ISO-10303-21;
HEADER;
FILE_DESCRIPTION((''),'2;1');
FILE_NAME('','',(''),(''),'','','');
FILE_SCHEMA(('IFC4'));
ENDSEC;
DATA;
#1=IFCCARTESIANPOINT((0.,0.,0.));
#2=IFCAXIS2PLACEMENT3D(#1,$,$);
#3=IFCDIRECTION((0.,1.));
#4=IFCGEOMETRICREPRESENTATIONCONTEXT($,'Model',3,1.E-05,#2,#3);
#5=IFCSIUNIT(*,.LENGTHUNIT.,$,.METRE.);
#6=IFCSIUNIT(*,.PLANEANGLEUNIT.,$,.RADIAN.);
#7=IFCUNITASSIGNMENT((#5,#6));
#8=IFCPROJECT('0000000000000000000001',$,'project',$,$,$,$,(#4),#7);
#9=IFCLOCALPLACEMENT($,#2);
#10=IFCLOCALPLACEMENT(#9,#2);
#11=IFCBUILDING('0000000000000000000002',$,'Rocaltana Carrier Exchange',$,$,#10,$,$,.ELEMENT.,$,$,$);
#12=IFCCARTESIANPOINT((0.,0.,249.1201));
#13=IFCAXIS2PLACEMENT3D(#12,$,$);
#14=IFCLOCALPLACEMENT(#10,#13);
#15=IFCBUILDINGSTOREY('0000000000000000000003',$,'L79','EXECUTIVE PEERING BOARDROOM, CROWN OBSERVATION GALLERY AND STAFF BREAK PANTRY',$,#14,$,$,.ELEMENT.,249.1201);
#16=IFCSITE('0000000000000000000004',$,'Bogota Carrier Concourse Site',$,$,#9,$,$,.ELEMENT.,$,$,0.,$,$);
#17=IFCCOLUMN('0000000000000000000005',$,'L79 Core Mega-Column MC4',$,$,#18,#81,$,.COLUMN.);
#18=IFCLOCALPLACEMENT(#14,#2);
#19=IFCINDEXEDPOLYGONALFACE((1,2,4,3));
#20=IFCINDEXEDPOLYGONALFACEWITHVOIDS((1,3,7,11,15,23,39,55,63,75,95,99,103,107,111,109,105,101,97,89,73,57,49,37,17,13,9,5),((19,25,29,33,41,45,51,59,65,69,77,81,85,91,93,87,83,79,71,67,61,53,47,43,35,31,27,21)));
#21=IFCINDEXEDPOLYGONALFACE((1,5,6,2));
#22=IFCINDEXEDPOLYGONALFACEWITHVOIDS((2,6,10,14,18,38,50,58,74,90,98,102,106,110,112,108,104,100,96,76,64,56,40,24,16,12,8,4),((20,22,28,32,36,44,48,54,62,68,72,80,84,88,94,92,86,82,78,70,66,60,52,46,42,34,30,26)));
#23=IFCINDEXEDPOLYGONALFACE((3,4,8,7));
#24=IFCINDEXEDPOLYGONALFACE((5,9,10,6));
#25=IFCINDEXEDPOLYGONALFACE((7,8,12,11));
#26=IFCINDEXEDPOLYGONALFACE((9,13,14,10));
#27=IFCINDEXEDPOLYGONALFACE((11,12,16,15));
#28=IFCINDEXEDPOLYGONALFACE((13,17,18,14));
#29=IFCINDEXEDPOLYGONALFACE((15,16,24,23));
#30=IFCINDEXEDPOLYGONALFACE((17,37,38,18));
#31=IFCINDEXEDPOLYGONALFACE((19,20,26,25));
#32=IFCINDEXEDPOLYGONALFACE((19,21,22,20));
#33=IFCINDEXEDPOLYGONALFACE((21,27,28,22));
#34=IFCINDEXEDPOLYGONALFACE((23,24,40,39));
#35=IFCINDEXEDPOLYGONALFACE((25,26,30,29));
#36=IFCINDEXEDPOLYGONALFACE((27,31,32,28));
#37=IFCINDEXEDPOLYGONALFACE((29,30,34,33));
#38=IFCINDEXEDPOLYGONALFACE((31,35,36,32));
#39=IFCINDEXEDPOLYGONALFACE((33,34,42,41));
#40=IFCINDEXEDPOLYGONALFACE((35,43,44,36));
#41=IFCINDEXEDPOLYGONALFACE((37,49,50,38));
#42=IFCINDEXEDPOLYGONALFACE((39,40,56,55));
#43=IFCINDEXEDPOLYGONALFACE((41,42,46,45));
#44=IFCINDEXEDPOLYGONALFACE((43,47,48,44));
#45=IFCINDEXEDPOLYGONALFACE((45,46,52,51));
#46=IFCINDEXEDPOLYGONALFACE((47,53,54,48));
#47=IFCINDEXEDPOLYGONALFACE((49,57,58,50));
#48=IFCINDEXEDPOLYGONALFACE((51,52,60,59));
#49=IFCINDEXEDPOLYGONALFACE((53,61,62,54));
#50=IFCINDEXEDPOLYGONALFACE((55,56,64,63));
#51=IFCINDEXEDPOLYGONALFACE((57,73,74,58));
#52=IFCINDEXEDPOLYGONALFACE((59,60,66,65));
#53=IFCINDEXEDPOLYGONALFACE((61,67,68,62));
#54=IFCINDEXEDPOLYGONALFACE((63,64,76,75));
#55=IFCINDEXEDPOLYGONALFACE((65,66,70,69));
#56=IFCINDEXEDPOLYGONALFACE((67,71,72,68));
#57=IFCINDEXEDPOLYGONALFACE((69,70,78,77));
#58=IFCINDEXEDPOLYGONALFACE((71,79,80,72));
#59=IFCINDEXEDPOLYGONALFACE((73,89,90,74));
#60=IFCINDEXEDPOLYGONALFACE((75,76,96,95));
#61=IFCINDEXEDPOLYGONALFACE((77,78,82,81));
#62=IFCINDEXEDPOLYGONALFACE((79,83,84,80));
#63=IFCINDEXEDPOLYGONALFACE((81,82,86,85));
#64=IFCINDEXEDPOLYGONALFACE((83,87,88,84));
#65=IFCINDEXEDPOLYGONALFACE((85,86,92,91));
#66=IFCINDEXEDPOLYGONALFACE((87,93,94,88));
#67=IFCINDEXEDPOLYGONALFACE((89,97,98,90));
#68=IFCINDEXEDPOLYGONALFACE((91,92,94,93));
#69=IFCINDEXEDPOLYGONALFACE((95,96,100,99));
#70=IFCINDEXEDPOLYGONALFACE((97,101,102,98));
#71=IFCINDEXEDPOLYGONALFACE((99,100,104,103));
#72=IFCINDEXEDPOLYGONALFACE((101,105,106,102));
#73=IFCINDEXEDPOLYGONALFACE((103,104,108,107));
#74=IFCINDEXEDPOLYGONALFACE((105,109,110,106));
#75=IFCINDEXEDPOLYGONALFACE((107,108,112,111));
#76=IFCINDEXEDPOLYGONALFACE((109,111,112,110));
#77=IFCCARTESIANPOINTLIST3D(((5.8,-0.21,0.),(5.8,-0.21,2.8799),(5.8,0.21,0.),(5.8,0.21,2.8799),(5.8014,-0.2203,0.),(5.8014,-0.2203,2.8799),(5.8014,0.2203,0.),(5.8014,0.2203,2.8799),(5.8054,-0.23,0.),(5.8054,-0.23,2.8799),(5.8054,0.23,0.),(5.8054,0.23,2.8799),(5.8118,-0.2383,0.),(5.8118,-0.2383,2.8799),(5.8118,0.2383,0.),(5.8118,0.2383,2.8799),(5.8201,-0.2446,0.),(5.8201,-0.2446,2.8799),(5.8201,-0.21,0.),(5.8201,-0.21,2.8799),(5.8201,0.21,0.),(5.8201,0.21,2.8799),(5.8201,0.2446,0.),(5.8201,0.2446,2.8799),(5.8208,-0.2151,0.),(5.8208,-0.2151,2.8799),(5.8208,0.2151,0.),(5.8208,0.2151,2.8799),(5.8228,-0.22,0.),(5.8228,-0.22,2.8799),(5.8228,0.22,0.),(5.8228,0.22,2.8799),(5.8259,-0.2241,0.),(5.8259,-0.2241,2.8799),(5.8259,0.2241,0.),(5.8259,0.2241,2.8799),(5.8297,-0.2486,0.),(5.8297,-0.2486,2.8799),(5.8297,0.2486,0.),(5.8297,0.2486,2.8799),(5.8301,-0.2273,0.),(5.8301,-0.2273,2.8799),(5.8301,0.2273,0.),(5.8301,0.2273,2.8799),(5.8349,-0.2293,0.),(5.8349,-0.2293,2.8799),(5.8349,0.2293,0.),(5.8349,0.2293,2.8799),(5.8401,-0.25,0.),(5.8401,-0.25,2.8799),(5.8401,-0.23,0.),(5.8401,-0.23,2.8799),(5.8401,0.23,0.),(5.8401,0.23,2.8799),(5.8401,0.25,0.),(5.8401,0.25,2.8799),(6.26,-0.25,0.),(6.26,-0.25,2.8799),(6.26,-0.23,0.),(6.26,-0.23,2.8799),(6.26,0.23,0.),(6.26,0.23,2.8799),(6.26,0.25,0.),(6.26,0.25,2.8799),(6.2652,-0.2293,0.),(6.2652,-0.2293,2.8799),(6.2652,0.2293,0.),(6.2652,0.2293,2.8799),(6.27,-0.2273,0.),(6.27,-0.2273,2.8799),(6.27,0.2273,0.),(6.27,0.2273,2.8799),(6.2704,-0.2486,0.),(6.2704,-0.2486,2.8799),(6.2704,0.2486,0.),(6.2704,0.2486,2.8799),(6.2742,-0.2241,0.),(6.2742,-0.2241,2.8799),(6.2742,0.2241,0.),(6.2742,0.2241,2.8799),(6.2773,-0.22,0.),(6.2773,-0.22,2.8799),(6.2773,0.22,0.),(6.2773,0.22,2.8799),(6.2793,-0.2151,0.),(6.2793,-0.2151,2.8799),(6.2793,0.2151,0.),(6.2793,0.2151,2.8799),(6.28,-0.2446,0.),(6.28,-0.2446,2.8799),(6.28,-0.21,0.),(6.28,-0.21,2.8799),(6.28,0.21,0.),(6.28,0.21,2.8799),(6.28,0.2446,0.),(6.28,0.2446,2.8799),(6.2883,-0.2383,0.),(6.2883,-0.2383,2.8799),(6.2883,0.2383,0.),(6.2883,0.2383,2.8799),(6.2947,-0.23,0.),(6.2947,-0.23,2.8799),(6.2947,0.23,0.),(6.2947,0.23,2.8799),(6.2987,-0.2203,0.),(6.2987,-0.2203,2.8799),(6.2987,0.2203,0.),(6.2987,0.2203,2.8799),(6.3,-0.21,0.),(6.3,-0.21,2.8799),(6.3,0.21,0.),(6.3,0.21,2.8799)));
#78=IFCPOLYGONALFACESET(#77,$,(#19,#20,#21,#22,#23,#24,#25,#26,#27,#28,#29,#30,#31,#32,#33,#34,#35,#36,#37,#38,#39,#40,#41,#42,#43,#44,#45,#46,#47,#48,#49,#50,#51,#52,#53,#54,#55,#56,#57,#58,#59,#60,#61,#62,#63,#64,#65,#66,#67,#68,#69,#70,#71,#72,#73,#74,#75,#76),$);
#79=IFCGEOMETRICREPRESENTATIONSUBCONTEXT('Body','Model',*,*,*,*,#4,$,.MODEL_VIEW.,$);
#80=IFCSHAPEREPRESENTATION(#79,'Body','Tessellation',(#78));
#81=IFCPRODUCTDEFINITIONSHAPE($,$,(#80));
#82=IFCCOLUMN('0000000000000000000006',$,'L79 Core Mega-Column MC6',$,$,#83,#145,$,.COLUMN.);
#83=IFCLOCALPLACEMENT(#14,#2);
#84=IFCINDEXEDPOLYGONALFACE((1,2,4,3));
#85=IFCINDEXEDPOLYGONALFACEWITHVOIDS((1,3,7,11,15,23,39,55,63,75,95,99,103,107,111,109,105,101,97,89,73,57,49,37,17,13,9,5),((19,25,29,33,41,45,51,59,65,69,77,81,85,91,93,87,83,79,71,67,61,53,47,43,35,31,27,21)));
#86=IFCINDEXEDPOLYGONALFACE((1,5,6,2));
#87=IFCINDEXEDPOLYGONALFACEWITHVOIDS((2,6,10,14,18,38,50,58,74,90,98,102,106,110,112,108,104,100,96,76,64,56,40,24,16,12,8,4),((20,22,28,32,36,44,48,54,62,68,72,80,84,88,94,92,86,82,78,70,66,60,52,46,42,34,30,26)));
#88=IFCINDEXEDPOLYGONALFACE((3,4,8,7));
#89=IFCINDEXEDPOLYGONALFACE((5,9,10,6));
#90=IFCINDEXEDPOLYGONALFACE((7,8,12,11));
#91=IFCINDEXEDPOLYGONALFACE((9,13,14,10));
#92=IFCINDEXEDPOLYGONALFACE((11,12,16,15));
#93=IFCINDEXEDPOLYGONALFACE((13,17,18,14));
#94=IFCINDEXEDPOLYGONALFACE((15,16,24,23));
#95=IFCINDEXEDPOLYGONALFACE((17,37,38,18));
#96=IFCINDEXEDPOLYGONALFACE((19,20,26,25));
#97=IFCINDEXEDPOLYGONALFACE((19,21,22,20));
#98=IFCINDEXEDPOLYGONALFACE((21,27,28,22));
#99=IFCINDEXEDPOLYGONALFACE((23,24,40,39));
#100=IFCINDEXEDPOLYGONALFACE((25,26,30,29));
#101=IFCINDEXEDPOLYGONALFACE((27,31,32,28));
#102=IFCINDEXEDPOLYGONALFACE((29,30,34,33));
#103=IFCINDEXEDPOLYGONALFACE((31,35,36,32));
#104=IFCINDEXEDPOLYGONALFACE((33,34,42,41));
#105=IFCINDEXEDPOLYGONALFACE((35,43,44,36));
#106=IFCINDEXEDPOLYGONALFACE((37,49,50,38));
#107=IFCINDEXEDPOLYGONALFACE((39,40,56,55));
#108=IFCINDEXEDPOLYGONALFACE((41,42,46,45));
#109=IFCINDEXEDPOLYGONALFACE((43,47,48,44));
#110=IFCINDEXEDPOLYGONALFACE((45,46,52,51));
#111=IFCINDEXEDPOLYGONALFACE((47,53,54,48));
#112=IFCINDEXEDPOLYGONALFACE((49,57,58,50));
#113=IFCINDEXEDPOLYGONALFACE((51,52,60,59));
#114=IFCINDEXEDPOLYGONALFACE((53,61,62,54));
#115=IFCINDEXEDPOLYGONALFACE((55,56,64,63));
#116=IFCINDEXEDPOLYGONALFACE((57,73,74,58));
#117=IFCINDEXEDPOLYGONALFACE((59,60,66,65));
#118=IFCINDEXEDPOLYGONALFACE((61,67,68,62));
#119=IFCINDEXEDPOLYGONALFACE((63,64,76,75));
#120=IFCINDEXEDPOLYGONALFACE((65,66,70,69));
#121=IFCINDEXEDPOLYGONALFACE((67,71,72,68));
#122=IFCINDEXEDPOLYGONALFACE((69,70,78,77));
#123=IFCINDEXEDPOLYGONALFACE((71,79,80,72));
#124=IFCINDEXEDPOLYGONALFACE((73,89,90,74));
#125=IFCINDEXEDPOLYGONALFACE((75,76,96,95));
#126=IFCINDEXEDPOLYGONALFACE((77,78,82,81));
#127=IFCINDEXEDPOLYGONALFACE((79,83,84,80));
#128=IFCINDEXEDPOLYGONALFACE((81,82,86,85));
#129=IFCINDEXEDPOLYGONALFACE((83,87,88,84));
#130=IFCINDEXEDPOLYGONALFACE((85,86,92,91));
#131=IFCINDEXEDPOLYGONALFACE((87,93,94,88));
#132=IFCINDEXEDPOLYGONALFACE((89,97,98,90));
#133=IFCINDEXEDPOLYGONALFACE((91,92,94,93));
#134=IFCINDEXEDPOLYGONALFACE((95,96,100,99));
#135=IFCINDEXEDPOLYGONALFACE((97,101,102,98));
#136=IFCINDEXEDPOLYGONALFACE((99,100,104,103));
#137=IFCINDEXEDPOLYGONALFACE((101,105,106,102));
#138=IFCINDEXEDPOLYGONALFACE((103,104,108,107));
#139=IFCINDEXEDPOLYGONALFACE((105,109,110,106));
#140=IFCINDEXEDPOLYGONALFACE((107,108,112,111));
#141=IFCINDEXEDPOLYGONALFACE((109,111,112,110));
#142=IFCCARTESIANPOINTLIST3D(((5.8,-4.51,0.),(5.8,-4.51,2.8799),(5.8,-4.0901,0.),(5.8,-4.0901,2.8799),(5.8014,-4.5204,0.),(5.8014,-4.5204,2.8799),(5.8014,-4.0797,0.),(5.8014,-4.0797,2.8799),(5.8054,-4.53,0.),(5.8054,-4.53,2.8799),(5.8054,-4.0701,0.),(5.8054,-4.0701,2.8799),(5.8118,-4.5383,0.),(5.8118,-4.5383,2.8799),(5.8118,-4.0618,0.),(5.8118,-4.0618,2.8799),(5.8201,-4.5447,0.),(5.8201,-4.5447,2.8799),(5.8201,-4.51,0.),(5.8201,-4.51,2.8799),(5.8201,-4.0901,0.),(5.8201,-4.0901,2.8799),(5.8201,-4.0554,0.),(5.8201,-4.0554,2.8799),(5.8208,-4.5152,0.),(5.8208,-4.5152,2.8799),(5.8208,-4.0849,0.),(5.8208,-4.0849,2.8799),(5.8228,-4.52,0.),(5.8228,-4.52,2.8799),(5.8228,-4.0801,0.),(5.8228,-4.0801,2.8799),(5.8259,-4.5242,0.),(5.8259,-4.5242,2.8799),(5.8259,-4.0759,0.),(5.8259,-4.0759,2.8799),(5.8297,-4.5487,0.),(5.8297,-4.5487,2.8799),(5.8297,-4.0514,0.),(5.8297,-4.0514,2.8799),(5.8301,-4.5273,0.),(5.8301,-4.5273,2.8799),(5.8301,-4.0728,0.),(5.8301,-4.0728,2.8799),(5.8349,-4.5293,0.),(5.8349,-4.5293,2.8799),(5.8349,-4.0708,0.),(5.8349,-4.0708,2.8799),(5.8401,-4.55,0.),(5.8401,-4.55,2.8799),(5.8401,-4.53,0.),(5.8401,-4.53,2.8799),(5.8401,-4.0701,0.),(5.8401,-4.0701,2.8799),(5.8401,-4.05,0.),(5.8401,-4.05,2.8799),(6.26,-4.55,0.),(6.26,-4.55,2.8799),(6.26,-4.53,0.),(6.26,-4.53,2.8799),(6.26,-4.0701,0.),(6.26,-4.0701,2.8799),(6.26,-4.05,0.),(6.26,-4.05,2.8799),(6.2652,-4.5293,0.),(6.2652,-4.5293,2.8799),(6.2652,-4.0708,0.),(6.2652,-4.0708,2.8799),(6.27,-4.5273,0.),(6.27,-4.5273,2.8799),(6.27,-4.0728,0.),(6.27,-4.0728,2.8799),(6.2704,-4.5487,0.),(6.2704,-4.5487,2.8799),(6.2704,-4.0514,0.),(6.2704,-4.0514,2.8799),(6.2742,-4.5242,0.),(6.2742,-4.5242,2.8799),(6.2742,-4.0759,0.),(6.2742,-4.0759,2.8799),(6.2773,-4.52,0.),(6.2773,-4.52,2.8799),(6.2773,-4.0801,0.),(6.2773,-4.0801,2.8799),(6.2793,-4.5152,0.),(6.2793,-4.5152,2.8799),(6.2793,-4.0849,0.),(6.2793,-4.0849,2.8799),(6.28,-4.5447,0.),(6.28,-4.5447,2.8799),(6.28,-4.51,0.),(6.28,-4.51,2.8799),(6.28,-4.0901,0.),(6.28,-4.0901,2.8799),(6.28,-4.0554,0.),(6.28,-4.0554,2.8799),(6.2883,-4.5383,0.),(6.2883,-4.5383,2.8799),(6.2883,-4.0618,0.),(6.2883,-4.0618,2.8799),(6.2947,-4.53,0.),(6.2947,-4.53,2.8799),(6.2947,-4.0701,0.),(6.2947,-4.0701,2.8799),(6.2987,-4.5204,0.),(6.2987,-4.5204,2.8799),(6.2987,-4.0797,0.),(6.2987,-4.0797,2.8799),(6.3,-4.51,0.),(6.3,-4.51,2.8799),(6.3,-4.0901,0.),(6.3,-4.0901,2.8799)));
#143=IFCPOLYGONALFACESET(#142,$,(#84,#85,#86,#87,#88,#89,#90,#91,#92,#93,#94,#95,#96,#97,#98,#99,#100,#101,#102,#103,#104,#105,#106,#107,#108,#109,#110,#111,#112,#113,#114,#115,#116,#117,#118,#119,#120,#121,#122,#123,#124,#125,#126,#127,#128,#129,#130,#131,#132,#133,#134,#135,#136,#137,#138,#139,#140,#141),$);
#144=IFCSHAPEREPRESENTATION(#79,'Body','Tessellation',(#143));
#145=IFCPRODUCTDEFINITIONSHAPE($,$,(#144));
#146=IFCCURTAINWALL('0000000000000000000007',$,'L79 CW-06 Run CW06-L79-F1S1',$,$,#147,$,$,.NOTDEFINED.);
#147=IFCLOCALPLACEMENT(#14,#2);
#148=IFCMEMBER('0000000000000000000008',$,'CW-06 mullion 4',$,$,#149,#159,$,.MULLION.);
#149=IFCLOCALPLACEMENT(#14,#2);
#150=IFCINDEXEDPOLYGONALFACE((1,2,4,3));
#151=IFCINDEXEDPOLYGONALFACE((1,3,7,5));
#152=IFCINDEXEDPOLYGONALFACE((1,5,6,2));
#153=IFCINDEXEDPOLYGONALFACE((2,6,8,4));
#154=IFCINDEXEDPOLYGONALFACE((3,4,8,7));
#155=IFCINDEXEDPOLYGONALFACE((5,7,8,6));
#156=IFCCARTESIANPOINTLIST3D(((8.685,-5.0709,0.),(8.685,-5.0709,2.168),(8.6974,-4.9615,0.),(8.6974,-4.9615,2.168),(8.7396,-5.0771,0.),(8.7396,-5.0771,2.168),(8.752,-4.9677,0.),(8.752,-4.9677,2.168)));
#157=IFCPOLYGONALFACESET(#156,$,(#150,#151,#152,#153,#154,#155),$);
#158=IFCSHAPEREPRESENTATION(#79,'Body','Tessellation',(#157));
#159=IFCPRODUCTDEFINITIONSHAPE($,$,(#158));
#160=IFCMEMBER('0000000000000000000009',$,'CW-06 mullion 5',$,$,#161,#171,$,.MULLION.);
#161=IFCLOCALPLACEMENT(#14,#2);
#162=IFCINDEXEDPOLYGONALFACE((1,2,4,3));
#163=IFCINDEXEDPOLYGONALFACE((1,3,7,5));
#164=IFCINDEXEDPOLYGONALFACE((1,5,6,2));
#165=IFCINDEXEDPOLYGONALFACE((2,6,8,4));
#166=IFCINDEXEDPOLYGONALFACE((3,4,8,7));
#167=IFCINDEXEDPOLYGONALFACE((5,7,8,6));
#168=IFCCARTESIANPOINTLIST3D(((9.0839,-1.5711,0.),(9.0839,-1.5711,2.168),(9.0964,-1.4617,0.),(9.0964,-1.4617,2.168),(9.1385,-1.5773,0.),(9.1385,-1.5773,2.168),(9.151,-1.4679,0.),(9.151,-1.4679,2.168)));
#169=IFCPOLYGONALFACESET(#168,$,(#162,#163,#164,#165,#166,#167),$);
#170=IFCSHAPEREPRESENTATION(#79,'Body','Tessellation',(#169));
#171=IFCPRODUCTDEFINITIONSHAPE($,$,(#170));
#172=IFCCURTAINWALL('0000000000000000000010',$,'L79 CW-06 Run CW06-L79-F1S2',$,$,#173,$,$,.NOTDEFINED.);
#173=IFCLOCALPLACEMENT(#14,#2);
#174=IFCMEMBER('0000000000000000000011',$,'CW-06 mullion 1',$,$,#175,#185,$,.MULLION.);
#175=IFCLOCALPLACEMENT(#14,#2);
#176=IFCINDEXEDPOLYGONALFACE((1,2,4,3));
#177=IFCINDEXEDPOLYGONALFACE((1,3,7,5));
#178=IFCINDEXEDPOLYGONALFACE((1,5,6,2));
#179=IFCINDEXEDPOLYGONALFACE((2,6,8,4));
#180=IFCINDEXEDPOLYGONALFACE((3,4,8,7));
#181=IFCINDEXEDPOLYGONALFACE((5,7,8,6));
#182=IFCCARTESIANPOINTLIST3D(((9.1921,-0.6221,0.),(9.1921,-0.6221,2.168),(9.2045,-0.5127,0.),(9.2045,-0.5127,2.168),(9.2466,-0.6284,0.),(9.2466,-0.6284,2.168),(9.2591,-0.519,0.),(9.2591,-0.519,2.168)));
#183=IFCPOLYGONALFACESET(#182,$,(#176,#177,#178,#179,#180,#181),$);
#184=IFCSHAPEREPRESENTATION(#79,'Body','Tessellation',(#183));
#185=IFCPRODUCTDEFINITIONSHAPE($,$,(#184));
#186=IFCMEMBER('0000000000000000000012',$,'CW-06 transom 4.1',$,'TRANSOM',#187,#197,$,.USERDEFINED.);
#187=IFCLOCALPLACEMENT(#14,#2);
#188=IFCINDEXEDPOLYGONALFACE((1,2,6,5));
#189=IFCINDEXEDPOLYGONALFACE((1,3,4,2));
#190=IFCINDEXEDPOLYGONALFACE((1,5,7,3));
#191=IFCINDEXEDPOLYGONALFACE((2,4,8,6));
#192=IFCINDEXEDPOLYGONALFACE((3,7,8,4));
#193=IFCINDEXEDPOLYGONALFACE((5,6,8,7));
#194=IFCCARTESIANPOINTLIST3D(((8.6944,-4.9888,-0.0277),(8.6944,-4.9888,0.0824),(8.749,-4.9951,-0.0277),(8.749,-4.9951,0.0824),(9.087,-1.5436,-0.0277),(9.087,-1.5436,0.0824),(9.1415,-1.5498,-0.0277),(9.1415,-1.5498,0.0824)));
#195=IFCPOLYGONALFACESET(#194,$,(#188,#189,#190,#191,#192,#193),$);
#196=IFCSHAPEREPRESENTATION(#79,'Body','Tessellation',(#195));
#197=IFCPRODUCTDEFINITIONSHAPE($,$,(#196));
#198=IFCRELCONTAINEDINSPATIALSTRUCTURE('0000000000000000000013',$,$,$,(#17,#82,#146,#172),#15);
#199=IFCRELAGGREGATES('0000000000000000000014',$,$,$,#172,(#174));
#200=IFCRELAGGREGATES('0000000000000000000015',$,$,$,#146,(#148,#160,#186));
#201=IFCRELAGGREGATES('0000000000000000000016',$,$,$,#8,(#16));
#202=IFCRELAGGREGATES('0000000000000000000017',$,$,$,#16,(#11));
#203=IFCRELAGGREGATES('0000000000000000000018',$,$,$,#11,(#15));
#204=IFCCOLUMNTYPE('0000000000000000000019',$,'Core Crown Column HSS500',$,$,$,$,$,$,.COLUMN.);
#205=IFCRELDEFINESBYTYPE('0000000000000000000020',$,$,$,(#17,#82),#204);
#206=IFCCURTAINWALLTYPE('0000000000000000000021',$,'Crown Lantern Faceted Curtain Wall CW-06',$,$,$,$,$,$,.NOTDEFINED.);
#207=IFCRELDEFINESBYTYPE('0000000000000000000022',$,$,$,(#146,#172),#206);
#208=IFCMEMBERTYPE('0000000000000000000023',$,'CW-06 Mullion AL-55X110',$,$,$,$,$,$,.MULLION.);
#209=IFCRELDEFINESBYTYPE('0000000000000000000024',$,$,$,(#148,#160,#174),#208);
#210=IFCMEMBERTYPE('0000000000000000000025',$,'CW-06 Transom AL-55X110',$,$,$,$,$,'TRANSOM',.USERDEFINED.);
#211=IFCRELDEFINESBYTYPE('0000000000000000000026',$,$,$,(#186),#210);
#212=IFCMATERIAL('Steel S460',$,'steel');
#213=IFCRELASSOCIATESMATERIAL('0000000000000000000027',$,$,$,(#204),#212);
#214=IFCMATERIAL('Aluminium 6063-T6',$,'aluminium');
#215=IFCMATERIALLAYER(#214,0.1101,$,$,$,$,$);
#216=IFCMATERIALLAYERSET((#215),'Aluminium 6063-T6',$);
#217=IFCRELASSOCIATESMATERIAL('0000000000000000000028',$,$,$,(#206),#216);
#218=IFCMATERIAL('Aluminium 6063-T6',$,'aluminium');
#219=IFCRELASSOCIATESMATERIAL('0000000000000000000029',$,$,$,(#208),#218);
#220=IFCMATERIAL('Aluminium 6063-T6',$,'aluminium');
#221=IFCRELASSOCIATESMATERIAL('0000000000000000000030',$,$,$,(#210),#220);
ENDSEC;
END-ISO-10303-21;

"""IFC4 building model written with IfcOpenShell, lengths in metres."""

from ifc_helpers import new_model, si_unit, direction, frame, origin, origin_2d, place, context, subcontext, project, spatial, rectangle, hollow_rectangle, extrude, material, layer, layer_set, material_profile, profile_set, type_object, element, aggregate, save


model = new_model("IFC4")

# Units and contexts
model_context = context("Model", 3, precision=1e-05, world=origin(), true_north=direction((0.0, 1.0)))
body_context = subcontext(model_context, "Body", "Model", "MODEL_VIEW")
ifc_project = project(units=[si_unit("LENGTHUNIT", "METRE"), si_unit("PLANEANGLEUNIT", "RADIAN")], contexts=[model_context])

# Site, building, storey
site_placement = place(None, origin())
site = spatial("IfcSite", under=ifc_project, at=site_placement, Name="Bogota Carrier Concourse Site", CompositionType="ELEMENT", RefElevation=0.0)
building_placement = place(site_placement, origin())
building = spatial("IfcBuilding", under=site, at=building_placement, Name="Rocaltana Carrier Exchange", CompositionType="ELEMENT")
storey_placement = place(building_placement, frame((0.0, 0.0, 249.1201)))
storey = spatial("IfcBuildingStorey", under=building, at=storey_placement, Name="L79", Description="EXECUTIVE PEERING BOARDROOM, CROWN OBSERVATION GALLERY AND STAFF BREAK PANTRY", CompositionType="ELEMENT", Elevation=249.1201)

# Columns
ifc_material_1 = material(Name="Steel S460", Category="steel")
ifc_material_profile_1 = material_profile(ifc_material_1, hollow_rectangle(XDim=0.5, YDim=0.5, WallThickness=0.02, InnerFilletRadius=0.02, OuterFilletRadius=0.04, at=origin_2d()), Name="HSS500X500X20")
ifc_profile_set_1 = profile_set([ifc_material_profile_1], Name="Steel S460")
column_type = type_object("IfcColumnType", Name="Core Crown Column HSS500", PredefinedType="COLUMN", material=ifc_profile_set_1)
for number, where, z_axis, x_axis, name in (
    (1, (6.05, 0.0, 0.0), (0.0, 0.0, 1.0), (1.0, 0.0, 0.0), "L79 Core Mega-Column MC4"),
    (2, (6.05, -4.3, 0.0), (0.0, 0.0, 1.0), (1.0, 0.0, 0.0), "L79 Core Mega-Column MC6"),
):
    element("IfcColumn", number, at=place(storey_placement, frame(where, z_axis=z_axis, x_axis=x_axis)), inside=storey, type_object=column_type, Name=name, PredefinedType="COLUMN", context=body_context, shape_type="SweptSolid", body=[
        extrude(hollow_rectangle(XDim=0.5, YDim=0.5, WallThickness=0.02, InnerFilletRadius=0.02, OuterFilletRadius=0.04, at=origin_2d()), origin(), (0.0, 0.0, 1.0), 2.8799),
    ])

# Curtain wall, members
ifc_material_2 = material(Name="Aluminium 6063-T6", Category="aluminium")
ifc_layer_1 = layer(ifc_material_2, 0.1101)
ifc_layer_set_1 = layer_set([ifc_layer_1], Name="Aluminium 6063-T6")
curtain_wall_type = type_object("IfcCurtainWallType", Name="Crown Lantern Faceted Curtain Wall CW-06", PredefinedType="NOTDEFINED", material=ifc_layer_set_1)
curtain_wall_1_placement = place(storey_placement, origin())
curtain_wall_1 = element("IfcCurtainWall", 3, at=curtain_wall_1_placement, inside=storey, type_object=curtain_wall_type, Name="L79 CW-06 Run CW06-L79-F1S1", PredefinedType="NOTDEFINED")
ifc_material_3 = material(Name="Aluminium 6063-T6", Category="aluminium")
ifc_material_profile_2 = material_profile(ifc_material_3, rectangle(XDim=0.0549, YDim=0.1101, at=origin_2d()), Name="AL-55X110")
ifc_profile_set_2 = profile_set([ifc_material_profile_2], Name="Aluminium 6063-T6")
member_type_1 = type_object("IfcMemberType", Name="CW-06 Mullion AL-55X110", PredefinedType="MULLION", material=ifc_profile_set_2)
member_1_placement = place(storey_placement, frame((8.7185, -5.0193, 0.0), z_axis=(0.0, 0.0, 1.0), x_axis=(-0.993572, 0.113204, 0.0)))
member_1 = element("IfcMember", 4, at=member_1_placement, type_object=member_type_1, Name="CW-06 mullion 4", PredefinedType="MULLION", context=body_context, shape_type="SweptSolid", body=[
    extrude(rectangle(XDim=0.0549, YDim=0.1101, at=origin_2d()), origin(), (0.0, 0.0, 1.0), 2.168),
])
member_2_placement = place(storey_placement, frame((9.1174, -1.5195, 0.0), z_axis=(0.0, 0.0, 1.0), x_axis=(-0.993572, 0.113204, 0.0)))
member_2 = element("IfcMember", 5, at=member_2_placement, type_object=member_type_1, Name="CW-06 mullion 5", PredefinedType="MULLION", context=body_context, shape_type="SweptSolid", body=[
    extrude(rectangle(XDim=0.0549, YDim=0.1101, at=origin_2d()), origin(), (0.0, 0.0, 1.0), 2.168),
])

# Curtain wall, member
curtain_wall_2_placement = place(storey_placement, origin())
curtain_wall_2 = element("IfcCurtainWall", 6, at=curtain_wall_2_placement, inside=storey, type_object=curtain_wall_type, Name="L79 CW-06 Run CW06-L79-F1S2", PredefinedType="NOTDEFINED")
member_3_placement = place(storey_placement, frame((9.2256, -0.5706, 0.0), z_axis=(0.0, 0.0, 1.0), x_axis=(-0.993572, 0.113204, 0.0)))
member_3 = element("IfcMember", 7, at=member_3_placement, type_object=member_type_1, Name="CW-06 mullion 1", PredefinedType="MULLION", context=body_context, shape_type="SweptSolid", body=[
    extrude(rectangle(XDim=0.0549, YDim=0.1101, at=origin_2d()), origin(), (0.0, 0.0, 1.0), 2.168),
])

# Member
ifc_material_4 = material(Name="Aluminium 6063-T6", Category="aluminium")
ifc_material_profile_3 = material_profile(ifc_material_4, rectangle(XDim=0.0549, YDim=0.1101, at=origin_2d()), Name="AL-55X110")
ifc_profile_set_3 = profile_set([ifc_material_profile_3], Name="Aluminium 6063-T6")
member_type_2 = type_object("IfcMemberType", Name="CW-06 Transom AL-55X110", ElementType="TRANSOM", PredefinedType="USERDEFINED", material=ifc_profile_set_3)
member_4_placement = place(storey_placement, frame((8.7217, -4.9919, 0.0273), z_axis=(0.113213, 0.993571, 0.0), x_axis=(-0.993571, 0.113213, 0.0)))
member_4 = element("IfcMember", 8, at=member_4_placement, type_object=member_type_2, Name="CW-06 transom 4.1", ObjectType="TRANSOM", PredefinedType="USERDEFINED", context=body_context, shape_type="SweptSolid", body=[
    extrude(rectangle(XDim=0.0549, YDim=0.1101, at=origin_2d()), origin(), (0.0, 0.0, 1.0), 3.4675),
])
aggregate(curtain_wall_2, [member_3])

aggregate(curtain_wall_1, [member_1, member_2, member_4])

save(model, "model.ifc")
